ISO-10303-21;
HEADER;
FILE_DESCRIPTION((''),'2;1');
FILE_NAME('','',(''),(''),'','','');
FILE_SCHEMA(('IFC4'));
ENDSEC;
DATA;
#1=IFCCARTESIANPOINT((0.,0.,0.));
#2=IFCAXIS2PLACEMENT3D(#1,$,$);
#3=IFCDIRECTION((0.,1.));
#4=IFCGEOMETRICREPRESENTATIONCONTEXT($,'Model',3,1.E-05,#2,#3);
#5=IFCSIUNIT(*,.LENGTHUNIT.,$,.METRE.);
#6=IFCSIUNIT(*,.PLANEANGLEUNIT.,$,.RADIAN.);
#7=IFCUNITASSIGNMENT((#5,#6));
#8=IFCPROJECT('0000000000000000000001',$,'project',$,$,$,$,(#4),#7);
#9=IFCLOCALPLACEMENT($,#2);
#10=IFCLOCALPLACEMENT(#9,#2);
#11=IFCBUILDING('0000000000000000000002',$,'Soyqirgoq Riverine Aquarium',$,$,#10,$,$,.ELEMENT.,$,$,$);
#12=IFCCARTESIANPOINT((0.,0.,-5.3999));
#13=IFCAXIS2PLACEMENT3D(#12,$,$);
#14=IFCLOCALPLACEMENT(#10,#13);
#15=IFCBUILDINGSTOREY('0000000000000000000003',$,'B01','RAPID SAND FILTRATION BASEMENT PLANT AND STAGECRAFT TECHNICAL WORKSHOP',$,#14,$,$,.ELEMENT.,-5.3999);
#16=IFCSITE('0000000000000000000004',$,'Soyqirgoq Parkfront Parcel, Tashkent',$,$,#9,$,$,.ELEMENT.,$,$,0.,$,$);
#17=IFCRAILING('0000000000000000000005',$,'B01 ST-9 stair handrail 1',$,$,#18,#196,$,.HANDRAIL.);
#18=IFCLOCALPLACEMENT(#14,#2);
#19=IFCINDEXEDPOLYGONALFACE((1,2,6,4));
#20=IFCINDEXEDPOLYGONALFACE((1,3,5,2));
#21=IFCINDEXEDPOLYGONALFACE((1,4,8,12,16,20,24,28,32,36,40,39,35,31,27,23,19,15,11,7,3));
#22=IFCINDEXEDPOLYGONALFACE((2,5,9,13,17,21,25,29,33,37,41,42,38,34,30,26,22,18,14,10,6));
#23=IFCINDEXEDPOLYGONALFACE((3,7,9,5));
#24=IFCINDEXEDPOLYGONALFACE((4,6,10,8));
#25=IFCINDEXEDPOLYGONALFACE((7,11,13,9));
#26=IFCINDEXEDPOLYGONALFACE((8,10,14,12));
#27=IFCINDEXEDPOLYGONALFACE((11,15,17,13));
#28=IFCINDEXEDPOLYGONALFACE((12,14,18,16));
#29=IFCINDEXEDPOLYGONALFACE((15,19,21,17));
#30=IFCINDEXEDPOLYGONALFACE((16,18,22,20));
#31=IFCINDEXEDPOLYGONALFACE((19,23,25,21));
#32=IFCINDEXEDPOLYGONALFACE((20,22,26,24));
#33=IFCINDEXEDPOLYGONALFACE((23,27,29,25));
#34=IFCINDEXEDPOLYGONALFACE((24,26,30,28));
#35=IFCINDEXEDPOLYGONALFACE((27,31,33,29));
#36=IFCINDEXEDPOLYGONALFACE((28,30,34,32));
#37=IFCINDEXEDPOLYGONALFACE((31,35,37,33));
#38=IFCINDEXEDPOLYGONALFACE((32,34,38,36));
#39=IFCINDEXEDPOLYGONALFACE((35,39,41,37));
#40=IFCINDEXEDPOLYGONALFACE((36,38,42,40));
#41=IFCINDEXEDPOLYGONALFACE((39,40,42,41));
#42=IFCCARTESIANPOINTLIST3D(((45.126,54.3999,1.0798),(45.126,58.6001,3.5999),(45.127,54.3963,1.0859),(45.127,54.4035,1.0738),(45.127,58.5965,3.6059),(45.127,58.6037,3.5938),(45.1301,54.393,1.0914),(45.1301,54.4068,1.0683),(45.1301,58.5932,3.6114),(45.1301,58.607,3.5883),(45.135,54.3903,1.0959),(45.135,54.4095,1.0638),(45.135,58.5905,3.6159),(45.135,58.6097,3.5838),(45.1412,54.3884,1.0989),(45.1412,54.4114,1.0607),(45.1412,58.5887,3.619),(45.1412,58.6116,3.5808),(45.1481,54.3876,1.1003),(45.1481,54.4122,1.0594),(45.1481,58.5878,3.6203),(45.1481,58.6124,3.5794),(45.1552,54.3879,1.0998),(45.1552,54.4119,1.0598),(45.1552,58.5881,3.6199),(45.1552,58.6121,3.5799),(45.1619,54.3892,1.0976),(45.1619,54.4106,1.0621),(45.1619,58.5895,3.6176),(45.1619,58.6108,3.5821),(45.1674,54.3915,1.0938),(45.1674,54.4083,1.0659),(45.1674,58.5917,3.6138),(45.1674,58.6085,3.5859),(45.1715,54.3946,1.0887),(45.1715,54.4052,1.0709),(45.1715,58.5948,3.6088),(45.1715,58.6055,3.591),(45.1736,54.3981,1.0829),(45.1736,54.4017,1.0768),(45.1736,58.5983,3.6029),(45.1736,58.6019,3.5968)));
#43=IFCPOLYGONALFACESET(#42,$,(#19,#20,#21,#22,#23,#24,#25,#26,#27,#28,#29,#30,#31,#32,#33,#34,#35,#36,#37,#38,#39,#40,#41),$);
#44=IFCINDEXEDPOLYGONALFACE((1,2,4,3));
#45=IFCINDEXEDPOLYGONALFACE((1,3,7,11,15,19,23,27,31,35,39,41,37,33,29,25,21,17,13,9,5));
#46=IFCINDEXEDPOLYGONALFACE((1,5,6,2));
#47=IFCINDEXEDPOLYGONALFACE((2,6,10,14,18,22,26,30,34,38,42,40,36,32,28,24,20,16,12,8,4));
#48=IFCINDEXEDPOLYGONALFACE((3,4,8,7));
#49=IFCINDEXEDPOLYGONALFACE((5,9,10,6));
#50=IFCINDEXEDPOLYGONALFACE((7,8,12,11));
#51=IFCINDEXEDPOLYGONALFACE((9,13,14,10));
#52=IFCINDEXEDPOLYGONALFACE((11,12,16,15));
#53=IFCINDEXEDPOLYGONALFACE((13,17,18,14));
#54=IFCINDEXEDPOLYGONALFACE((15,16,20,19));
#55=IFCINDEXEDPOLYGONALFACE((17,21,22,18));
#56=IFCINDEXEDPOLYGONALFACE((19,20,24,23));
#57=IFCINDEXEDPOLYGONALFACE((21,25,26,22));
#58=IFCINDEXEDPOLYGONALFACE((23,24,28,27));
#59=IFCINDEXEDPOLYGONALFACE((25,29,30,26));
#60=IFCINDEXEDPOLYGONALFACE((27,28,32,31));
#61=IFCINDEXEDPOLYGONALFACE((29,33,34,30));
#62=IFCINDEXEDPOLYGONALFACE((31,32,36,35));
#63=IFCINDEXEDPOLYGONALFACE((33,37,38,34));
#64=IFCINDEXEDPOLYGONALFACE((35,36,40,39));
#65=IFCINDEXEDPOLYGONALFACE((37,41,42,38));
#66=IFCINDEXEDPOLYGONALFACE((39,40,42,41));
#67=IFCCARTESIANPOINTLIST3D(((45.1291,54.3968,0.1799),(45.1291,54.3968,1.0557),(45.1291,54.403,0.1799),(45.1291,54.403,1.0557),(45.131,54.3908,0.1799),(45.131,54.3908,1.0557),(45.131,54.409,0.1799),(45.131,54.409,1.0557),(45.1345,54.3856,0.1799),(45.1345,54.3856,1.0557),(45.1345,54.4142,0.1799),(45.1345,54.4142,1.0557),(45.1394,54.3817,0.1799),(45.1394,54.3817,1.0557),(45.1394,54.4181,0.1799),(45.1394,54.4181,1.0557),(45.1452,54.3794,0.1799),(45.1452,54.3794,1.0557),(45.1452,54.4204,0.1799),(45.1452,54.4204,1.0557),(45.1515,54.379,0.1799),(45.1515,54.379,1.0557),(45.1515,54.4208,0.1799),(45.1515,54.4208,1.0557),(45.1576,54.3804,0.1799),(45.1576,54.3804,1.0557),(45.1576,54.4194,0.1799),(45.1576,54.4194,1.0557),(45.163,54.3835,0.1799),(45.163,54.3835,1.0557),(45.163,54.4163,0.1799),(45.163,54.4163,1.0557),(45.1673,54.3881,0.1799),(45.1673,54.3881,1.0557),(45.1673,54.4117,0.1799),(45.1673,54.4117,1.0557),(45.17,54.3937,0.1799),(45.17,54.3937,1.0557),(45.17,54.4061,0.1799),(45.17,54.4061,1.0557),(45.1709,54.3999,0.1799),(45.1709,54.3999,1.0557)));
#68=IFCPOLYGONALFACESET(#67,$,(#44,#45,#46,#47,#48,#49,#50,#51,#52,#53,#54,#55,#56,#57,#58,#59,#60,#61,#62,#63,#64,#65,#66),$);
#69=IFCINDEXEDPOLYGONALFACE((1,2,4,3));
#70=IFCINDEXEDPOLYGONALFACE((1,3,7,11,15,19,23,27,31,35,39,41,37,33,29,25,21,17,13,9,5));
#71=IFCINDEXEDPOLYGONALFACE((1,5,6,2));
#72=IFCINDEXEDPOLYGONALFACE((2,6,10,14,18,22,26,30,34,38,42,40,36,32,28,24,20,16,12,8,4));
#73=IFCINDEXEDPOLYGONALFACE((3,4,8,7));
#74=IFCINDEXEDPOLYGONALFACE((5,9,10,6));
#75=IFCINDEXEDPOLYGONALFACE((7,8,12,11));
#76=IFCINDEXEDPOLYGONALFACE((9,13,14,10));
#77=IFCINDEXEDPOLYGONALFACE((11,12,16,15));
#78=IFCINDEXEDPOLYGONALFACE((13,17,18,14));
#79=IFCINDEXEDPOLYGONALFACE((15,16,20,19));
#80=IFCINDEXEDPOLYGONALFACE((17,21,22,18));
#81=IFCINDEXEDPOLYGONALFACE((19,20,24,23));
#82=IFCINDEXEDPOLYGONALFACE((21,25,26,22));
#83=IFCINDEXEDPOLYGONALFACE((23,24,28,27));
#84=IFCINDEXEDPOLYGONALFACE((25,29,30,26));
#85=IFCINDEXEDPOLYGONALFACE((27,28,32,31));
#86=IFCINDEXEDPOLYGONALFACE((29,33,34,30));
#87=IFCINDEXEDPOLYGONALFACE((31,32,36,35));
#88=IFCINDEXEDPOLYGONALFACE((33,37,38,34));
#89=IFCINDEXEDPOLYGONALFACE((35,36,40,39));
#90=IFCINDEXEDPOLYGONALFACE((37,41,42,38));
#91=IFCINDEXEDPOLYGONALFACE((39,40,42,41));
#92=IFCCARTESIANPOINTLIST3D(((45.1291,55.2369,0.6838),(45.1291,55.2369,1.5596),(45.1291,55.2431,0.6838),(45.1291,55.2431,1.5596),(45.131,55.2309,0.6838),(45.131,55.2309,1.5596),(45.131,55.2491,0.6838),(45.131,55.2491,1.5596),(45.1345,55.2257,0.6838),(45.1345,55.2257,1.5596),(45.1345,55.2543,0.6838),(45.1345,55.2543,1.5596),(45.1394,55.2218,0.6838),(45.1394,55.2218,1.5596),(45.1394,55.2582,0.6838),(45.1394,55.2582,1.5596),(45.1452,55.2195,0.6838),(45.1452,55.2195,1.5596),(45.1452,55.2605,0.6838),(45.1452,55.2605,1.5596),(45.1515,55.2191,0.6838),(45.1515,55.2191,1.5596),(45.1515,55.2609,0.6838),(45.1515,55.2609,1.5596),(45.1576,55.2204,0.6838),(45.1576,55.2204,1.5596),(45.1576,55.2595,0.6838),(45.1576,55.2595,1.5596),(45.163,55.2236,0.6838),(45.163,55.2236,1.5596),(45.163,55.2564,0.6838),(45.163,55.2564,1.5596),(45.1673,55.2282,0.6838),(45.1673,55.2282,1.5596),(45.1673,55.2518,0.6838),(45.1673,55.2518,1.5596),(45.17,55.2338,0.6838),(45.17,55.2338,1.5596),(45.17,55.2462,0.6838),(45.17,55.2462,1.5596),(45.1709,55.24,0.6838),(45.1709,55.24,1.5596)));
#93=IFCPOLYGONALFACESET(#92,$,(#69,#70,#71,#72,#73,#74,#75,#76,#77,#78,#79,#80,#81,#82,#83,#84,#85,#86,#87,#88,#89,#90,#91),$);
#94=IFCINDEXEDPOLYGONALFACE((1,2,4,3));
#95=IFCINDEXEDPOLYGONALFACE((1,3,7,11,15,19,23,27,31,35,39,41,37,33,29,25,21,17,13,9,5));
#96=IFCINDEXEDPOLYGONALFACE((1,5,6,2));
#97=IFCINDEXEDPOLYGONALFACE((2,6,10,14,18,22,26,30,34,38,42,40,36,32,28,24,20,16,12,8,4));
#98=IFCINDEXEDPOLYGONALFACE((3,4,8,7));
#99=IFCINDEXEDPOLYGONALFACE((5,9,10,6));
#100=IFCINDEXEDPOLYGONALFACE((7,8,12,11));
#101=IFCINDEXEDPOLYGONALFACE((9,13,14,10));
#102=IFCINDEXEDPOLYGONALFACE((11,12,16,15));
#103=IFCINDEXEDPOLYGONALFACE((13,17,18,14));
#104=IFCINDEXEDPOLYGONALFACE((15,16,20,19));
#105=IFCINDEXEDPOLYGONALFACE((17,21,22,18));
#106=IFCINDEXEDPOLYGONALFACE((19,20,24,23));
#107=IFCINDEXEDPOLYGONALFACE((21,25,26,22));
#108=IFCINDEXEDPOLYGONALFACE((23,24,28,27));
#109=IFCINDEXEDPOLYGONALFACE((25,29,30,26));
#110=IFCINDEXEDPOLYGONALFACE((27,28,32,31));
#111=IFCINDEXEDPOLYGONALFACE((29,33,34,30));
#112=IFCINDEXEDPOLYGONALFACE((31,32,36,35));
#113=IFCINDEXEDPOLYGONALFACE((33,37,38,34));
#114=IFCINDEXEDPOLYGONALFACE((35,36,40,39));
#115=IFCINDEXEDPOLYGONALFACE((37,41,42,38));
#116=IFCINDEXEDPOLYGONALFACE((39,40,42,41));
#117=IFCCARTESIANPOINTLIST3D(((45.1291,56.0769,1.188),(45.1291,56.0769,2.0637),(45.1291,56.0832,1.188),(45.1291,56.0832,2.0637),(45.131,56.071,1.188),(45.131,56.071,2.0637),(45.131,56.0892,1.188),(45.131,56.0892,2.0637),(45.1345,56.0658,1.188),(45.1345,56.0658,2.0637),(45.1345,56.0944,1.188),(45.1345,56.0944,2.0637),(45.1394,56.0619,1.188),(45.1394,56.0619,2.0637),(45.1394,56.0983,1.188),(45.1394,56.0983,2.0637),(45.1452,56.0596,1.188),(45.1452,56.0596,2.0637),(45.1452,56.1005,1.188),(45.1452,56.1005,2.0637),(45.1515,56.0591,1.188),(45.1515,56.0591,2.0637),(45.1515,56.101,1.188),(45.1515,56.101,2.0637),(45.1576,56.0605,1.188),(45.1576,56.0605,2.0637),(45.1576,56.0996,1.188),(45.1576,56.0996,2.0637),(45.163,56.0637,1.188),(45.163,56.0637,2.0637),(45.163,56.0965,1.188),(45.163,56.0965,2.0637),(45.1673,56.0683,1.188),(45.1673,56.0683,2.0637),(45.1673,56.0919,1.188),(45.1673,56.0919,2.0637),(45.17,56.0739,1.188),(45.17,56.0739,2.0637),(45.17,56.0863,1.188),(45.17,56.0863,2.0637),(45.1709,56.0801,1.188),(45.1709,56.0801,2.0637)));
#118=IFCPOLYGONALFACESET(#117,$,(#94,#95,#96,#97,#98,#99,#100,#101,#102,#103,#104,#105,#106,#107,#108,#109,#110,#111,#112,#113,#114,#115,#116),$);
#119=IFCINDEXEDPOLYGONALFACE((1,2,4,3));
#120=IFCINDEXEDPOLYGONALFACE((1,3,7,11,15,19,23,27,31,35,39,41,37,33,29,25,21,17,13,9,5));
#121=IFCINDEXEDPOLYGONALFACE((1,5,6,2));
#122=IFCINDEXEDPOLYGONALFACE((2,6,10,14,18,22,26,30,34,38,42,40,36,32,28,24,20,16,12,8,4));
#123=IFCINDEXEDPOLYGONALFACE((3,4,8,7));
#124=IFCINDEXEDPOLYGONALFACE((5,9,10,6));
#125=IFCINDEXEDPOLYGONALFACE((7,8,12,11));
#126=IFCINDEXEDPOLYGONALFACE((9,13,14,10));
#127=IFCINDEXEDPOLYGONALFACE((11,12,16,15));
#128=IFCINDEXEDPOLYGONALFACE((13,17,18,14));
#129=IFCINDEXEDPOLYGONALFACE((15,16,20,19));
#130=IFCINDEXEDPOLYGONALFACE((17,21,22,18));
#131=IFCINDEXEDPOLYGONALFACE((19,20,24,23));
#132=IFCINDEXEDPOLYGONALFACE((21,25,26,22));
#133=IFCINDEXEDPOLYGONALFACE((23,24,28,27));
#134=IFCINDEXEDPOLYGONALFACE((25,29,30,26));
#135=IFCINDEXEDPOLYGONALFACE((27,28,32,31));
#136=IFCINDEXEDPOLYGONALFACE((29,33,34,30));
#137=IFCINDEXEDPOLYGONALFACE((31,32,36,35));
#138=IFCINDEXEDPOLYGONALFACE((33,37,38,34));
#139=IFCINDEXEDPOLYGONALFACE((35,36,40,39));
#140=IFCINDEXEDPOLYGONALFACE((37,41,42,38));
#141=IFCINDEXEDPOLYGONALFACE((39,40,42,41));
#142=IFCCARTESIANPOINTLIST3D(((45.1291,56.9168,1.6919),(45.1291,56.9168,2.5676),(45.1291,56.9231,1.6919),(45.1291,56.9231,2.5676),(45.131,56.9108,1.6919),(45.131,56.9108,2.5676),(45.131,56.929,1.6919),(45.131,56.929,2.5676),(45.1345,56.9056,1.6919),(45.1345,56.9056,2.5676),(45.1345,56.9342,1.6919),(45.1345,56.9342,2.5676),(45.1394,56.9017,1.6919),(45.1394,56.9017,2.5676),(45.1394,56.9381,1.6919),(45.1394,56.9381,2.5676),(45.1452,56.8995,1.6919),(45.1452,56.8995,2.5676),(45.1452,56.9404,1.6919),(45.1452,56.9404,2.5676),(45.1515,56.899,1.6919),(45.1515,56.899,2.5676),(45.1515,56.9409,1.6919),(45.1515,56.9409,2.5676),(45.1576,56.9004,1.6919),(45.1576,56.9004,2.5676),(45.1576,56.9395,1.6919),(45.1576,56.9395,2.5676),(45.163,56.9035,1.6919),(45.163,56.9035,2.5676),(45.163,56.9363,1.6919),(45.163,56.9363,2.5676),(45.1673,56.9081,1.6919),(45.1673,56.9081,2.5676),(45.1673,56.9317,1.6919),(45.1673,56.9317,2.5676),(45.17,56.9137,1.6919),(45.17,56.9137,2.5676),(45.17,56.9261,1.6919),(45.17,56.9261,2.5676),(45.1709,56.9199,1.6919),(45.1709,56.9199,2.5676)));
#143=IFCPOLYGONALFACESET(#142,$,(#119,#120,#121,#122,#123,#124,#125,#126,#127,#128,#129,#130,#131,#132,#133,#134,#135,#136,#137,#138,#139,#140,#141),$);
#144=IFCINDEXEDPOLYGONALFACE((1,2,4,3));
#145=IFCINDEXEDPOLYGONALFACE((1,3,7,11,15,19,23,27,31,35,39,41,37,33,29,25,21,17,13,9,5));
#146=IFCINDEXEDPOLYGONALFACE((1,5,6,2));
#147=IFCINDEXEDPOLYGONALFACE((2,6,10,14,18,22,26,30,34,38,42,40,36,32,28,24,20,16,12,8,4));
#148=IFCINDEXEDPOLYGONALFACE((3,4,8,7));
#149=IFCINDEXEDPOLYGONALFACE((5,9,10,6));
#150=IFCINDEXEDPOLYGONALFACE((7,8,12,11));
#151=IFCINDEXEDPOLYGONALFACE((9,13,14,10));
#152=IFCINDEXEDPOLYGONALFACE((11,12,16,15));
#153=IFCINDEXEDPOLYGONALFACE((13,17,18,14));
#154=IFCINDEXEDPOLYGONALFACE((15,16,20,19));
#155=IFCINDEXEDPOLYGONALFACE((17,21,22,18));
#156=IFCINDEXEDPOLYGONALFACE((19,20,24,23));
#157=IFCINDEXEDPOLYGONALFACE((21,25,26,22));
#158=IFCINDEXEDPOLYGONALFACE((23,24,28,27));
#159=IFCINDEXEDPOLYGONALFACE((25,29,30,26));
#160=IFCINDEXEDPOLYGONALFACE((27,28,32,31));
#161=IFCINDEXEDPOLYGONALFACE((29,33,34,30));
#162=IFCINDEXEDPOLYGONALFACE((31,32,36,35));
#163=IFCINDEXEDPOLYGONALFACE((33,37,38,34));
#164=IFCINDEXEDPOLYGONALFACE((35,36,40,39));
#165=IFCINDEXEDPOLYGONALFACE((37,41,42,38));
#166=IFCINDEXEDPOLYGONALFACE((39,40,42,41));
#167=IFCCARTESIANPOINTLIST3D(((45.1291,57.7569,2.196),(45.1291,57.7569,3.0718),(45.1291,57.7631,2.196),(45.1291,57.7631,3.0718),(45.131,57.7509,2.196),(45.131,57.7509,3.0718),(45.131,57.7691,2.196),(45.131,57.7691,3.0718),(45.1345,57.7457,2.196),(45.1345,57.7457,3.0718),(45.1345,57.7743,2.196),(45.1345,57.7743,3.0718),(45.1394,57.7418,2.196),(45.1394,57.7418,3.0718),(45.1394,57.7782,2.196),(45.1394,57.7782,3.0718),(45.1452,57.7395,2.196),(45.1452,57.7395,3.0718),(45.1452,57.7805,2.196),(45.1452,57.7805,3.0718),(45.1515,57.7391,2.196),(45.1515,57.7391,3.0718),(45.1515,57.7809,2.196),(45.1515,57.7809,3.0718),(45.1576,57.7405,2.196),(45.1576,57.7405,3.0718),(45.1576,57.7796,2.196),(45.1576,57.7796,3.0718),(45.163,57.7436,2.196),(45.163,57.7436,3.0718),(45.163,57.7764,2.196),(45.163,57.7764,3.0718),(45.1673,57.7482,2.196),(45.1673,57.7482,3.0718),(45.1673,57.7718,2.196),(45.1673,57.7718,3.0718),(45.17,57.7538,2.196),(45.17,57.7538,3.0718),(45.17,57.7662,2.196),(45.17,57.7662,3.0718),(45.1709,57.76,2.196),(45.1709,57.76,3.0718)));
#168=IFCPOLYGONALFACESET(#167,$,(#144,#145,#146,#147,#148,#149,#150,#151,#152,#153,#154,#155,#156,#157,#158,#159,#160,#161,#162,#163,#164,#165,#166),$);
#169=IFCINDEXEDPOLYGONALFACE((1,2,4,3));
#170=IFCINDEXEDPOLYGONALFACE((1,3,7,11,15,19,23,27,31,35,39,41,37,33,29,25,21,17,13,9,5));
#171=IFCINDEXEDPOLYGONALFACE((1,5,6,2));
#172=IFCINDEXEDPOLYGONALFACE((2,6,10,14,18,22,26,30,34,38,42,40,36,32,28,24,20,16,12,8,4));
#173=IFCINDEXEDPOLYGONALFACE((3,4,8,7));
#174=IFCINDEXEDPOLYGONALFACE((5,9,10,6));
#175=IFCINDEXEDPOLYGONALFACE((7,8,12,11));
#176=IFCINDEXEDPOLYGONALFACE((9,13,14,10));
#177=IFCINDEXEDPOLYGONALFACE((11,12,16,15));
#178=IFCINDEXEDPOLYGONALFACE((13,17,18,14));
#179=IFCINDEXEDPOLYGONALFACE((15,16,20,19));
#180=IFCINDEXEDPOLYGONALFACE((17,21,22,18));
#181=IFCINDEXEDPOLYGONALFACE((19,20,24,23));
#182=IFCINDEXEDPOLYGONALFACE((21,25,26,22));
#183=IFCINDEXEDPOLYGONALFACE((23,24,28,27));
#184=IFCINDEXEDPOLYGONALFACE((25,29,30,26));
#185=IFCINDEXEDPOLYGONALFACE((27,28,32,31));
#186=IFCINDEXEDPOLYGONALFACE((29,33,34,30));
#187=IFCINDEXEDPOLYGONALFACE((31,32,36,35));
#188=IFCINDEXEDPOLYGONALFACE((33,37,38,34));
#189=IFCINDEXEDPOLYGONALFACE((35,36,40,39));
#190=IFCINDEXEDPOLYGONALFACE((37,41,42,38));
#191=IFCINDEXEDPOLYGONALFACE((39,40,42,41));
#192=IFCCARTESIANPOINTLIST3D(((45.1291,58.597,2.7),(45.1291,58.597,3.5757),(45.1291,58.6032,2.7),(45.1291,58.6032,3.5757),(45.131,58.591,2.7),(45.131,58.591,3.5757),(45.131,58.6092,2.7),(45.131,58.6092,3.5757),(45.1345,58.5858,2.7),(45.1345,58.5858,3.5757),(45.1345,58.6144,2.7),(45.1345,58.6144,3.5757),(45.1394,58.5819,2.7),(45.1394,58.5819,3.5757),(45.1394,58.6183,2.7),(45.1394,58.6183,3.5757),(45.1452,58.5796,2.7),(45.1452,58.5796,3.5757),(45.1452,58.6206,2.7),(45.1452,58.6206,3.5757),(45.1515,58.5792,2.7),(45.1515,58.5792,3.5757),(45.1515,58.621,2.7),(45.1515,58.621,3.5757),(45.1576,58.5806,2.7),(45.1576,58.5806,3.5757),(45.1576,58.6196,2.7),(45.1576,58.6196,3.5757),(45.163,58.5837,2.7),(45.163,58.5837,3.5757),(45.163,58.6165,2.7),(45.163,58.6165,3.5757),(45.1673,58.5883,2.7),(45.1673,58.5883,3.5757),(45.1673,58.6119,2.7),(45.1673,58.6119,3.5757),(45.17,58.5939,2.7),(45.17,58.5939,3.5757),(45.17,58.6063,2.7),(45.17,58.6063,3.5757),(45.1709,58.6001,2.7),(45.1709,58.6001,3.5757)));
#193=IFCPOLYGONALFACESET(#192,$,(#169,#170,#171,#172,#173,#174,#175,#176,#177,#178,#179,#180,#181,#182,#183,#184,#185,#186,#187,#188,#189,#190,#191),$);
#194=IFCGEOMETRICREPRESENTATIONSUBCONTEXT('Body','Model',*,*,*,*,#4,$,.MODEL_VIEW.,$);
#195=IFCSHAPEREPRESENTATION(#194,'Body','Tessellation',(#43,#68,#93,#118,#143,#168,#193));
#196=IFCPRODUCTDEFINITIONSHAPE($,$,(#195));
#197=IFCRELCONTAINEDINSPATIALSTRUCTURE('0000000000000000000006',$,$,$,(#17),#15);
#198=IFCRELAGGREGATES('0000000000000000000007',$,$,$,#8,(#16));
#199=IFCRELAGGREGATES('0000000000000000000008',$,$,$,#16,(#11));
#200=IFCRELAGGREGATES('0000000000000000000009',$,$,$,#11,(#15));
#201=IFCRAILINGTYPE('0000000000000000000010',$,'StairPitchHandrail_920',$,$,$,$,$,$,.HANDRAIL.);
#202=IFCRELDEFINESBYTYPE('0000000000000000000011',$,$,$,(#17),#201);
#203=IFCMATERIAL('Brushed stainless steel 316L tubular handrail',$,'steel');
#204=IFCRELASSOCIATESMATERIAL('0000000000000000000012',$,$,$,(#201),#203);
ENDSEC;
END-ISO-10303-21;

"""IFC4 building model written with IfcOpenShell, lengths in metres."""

from ifc_helpers import new_model, si_unit, direction, frame, origin, origin_2d, place, context, subcontext, project, spatial, circle, extrude, material, type_object, element, save


model = new_model("IFC4")

# Units and contexts
model_context = context("Model", 3, precision=1e-05, world=origin(), true_north=direction((0.0, 1.0)))
body_context = subcontext(model_context, "Body", "Model", "MODEL_VIEW")
ifc_project = project(units=[si_unit("LENGTHUNIT", "METRE"), si_unit("PLANEANGLEUNIT", "RADIAN")], contexts=[model_context])

# Site, building, storey
site_placement = place(None, origin())
site = spatial("IfcSite", under=ifc_project, at=site_placement, Name="Soyqirgoq Parkfront Parcel, Tashkent", CompositionType="ELEMENT", RefElevation=0.0)
building_placement = place(site_placement, origin())
building = spatial("IfcBuilding", under=site, at=building_placement, Name="Soyqirgoq Riverine Aquarium", CompositionType="ELEMENT")
storey_placement = place(building_placement, frame((0.0, 0.0, -5.3999)))
storey = spatial("IfcBuildingStorey", under=building, at=storey_placement, Name="B01", Description="RAPID SAND FILTRATION BASEMENT PLANT AND STAGECRAFT TECHNICAL WORKSHOP", CompositionType="ELEMENT", Elevation=-5.3999)

# Railing
ifc_material_1 = material(Name="Brushed stainless steel 316L tubular handrail", Category="steel")
railing_type_1 = type_object("IfcRailingType", Name="StairPitchHandrail_920", PredefinedType="HANDRAIL", material=ifc_material_1)
railing_1_placement = place(storey_placement, frame((45.1499, 54.3999, 0.1799)))
element("IfcRailing", 1, at=railing_1_placement, inside=storey, type_object=railing_type_1, Name="B01 ST-9 stair handrail 1", PredefinedType="HANDRAIL", context=body_context, shape_type="SweptSolid", body=[
    extrude(circle(Radius=0.0239, at=origin_2d()), frame((0.0, 0.0, 0.8999), z_axis=(0.0, 0.857502, 0.514481), x_axis=(-1.0, 0.0, 0.0)), (0.0, 0.0, 1.0), 4.8982),
    extrude(circle(Radius=0.021, at=origin_2d()), origin(), (0.0, 0.0, 1.0), 0.8757),
    extrude(circle(Radius=0.021, at=origin_2d()), frame((0.0, 0.8401, 0.5039)), (0.0, 0.0, 1.0), 0.8757),
    extrude(circle(Radius=0.021, at=origin_2d()), frame((0.0, 1.6802, 1.0081)), (0.0, 0.0, 1.0), 0.8757),
    extrude(circle(Radius=0.021, at=origin_2d()), frame((0.0, 2.52, 1.512)), (0.0, 0.0, 1.0), 0.8757),
    extrude(circle(Radius=0.021, at=origin_2d()), frame((0.0, 3.3601, 2.0161)), (0.0, 0.0, 1.0), 0.8757),
    extrude(circle(Radius=0.021, at=origin_2d()), frame((0.0, 4.2002, 2.52)), (0.0, 0.0, 1.0), 0.8757),
])

save(model, "model.ifc")
